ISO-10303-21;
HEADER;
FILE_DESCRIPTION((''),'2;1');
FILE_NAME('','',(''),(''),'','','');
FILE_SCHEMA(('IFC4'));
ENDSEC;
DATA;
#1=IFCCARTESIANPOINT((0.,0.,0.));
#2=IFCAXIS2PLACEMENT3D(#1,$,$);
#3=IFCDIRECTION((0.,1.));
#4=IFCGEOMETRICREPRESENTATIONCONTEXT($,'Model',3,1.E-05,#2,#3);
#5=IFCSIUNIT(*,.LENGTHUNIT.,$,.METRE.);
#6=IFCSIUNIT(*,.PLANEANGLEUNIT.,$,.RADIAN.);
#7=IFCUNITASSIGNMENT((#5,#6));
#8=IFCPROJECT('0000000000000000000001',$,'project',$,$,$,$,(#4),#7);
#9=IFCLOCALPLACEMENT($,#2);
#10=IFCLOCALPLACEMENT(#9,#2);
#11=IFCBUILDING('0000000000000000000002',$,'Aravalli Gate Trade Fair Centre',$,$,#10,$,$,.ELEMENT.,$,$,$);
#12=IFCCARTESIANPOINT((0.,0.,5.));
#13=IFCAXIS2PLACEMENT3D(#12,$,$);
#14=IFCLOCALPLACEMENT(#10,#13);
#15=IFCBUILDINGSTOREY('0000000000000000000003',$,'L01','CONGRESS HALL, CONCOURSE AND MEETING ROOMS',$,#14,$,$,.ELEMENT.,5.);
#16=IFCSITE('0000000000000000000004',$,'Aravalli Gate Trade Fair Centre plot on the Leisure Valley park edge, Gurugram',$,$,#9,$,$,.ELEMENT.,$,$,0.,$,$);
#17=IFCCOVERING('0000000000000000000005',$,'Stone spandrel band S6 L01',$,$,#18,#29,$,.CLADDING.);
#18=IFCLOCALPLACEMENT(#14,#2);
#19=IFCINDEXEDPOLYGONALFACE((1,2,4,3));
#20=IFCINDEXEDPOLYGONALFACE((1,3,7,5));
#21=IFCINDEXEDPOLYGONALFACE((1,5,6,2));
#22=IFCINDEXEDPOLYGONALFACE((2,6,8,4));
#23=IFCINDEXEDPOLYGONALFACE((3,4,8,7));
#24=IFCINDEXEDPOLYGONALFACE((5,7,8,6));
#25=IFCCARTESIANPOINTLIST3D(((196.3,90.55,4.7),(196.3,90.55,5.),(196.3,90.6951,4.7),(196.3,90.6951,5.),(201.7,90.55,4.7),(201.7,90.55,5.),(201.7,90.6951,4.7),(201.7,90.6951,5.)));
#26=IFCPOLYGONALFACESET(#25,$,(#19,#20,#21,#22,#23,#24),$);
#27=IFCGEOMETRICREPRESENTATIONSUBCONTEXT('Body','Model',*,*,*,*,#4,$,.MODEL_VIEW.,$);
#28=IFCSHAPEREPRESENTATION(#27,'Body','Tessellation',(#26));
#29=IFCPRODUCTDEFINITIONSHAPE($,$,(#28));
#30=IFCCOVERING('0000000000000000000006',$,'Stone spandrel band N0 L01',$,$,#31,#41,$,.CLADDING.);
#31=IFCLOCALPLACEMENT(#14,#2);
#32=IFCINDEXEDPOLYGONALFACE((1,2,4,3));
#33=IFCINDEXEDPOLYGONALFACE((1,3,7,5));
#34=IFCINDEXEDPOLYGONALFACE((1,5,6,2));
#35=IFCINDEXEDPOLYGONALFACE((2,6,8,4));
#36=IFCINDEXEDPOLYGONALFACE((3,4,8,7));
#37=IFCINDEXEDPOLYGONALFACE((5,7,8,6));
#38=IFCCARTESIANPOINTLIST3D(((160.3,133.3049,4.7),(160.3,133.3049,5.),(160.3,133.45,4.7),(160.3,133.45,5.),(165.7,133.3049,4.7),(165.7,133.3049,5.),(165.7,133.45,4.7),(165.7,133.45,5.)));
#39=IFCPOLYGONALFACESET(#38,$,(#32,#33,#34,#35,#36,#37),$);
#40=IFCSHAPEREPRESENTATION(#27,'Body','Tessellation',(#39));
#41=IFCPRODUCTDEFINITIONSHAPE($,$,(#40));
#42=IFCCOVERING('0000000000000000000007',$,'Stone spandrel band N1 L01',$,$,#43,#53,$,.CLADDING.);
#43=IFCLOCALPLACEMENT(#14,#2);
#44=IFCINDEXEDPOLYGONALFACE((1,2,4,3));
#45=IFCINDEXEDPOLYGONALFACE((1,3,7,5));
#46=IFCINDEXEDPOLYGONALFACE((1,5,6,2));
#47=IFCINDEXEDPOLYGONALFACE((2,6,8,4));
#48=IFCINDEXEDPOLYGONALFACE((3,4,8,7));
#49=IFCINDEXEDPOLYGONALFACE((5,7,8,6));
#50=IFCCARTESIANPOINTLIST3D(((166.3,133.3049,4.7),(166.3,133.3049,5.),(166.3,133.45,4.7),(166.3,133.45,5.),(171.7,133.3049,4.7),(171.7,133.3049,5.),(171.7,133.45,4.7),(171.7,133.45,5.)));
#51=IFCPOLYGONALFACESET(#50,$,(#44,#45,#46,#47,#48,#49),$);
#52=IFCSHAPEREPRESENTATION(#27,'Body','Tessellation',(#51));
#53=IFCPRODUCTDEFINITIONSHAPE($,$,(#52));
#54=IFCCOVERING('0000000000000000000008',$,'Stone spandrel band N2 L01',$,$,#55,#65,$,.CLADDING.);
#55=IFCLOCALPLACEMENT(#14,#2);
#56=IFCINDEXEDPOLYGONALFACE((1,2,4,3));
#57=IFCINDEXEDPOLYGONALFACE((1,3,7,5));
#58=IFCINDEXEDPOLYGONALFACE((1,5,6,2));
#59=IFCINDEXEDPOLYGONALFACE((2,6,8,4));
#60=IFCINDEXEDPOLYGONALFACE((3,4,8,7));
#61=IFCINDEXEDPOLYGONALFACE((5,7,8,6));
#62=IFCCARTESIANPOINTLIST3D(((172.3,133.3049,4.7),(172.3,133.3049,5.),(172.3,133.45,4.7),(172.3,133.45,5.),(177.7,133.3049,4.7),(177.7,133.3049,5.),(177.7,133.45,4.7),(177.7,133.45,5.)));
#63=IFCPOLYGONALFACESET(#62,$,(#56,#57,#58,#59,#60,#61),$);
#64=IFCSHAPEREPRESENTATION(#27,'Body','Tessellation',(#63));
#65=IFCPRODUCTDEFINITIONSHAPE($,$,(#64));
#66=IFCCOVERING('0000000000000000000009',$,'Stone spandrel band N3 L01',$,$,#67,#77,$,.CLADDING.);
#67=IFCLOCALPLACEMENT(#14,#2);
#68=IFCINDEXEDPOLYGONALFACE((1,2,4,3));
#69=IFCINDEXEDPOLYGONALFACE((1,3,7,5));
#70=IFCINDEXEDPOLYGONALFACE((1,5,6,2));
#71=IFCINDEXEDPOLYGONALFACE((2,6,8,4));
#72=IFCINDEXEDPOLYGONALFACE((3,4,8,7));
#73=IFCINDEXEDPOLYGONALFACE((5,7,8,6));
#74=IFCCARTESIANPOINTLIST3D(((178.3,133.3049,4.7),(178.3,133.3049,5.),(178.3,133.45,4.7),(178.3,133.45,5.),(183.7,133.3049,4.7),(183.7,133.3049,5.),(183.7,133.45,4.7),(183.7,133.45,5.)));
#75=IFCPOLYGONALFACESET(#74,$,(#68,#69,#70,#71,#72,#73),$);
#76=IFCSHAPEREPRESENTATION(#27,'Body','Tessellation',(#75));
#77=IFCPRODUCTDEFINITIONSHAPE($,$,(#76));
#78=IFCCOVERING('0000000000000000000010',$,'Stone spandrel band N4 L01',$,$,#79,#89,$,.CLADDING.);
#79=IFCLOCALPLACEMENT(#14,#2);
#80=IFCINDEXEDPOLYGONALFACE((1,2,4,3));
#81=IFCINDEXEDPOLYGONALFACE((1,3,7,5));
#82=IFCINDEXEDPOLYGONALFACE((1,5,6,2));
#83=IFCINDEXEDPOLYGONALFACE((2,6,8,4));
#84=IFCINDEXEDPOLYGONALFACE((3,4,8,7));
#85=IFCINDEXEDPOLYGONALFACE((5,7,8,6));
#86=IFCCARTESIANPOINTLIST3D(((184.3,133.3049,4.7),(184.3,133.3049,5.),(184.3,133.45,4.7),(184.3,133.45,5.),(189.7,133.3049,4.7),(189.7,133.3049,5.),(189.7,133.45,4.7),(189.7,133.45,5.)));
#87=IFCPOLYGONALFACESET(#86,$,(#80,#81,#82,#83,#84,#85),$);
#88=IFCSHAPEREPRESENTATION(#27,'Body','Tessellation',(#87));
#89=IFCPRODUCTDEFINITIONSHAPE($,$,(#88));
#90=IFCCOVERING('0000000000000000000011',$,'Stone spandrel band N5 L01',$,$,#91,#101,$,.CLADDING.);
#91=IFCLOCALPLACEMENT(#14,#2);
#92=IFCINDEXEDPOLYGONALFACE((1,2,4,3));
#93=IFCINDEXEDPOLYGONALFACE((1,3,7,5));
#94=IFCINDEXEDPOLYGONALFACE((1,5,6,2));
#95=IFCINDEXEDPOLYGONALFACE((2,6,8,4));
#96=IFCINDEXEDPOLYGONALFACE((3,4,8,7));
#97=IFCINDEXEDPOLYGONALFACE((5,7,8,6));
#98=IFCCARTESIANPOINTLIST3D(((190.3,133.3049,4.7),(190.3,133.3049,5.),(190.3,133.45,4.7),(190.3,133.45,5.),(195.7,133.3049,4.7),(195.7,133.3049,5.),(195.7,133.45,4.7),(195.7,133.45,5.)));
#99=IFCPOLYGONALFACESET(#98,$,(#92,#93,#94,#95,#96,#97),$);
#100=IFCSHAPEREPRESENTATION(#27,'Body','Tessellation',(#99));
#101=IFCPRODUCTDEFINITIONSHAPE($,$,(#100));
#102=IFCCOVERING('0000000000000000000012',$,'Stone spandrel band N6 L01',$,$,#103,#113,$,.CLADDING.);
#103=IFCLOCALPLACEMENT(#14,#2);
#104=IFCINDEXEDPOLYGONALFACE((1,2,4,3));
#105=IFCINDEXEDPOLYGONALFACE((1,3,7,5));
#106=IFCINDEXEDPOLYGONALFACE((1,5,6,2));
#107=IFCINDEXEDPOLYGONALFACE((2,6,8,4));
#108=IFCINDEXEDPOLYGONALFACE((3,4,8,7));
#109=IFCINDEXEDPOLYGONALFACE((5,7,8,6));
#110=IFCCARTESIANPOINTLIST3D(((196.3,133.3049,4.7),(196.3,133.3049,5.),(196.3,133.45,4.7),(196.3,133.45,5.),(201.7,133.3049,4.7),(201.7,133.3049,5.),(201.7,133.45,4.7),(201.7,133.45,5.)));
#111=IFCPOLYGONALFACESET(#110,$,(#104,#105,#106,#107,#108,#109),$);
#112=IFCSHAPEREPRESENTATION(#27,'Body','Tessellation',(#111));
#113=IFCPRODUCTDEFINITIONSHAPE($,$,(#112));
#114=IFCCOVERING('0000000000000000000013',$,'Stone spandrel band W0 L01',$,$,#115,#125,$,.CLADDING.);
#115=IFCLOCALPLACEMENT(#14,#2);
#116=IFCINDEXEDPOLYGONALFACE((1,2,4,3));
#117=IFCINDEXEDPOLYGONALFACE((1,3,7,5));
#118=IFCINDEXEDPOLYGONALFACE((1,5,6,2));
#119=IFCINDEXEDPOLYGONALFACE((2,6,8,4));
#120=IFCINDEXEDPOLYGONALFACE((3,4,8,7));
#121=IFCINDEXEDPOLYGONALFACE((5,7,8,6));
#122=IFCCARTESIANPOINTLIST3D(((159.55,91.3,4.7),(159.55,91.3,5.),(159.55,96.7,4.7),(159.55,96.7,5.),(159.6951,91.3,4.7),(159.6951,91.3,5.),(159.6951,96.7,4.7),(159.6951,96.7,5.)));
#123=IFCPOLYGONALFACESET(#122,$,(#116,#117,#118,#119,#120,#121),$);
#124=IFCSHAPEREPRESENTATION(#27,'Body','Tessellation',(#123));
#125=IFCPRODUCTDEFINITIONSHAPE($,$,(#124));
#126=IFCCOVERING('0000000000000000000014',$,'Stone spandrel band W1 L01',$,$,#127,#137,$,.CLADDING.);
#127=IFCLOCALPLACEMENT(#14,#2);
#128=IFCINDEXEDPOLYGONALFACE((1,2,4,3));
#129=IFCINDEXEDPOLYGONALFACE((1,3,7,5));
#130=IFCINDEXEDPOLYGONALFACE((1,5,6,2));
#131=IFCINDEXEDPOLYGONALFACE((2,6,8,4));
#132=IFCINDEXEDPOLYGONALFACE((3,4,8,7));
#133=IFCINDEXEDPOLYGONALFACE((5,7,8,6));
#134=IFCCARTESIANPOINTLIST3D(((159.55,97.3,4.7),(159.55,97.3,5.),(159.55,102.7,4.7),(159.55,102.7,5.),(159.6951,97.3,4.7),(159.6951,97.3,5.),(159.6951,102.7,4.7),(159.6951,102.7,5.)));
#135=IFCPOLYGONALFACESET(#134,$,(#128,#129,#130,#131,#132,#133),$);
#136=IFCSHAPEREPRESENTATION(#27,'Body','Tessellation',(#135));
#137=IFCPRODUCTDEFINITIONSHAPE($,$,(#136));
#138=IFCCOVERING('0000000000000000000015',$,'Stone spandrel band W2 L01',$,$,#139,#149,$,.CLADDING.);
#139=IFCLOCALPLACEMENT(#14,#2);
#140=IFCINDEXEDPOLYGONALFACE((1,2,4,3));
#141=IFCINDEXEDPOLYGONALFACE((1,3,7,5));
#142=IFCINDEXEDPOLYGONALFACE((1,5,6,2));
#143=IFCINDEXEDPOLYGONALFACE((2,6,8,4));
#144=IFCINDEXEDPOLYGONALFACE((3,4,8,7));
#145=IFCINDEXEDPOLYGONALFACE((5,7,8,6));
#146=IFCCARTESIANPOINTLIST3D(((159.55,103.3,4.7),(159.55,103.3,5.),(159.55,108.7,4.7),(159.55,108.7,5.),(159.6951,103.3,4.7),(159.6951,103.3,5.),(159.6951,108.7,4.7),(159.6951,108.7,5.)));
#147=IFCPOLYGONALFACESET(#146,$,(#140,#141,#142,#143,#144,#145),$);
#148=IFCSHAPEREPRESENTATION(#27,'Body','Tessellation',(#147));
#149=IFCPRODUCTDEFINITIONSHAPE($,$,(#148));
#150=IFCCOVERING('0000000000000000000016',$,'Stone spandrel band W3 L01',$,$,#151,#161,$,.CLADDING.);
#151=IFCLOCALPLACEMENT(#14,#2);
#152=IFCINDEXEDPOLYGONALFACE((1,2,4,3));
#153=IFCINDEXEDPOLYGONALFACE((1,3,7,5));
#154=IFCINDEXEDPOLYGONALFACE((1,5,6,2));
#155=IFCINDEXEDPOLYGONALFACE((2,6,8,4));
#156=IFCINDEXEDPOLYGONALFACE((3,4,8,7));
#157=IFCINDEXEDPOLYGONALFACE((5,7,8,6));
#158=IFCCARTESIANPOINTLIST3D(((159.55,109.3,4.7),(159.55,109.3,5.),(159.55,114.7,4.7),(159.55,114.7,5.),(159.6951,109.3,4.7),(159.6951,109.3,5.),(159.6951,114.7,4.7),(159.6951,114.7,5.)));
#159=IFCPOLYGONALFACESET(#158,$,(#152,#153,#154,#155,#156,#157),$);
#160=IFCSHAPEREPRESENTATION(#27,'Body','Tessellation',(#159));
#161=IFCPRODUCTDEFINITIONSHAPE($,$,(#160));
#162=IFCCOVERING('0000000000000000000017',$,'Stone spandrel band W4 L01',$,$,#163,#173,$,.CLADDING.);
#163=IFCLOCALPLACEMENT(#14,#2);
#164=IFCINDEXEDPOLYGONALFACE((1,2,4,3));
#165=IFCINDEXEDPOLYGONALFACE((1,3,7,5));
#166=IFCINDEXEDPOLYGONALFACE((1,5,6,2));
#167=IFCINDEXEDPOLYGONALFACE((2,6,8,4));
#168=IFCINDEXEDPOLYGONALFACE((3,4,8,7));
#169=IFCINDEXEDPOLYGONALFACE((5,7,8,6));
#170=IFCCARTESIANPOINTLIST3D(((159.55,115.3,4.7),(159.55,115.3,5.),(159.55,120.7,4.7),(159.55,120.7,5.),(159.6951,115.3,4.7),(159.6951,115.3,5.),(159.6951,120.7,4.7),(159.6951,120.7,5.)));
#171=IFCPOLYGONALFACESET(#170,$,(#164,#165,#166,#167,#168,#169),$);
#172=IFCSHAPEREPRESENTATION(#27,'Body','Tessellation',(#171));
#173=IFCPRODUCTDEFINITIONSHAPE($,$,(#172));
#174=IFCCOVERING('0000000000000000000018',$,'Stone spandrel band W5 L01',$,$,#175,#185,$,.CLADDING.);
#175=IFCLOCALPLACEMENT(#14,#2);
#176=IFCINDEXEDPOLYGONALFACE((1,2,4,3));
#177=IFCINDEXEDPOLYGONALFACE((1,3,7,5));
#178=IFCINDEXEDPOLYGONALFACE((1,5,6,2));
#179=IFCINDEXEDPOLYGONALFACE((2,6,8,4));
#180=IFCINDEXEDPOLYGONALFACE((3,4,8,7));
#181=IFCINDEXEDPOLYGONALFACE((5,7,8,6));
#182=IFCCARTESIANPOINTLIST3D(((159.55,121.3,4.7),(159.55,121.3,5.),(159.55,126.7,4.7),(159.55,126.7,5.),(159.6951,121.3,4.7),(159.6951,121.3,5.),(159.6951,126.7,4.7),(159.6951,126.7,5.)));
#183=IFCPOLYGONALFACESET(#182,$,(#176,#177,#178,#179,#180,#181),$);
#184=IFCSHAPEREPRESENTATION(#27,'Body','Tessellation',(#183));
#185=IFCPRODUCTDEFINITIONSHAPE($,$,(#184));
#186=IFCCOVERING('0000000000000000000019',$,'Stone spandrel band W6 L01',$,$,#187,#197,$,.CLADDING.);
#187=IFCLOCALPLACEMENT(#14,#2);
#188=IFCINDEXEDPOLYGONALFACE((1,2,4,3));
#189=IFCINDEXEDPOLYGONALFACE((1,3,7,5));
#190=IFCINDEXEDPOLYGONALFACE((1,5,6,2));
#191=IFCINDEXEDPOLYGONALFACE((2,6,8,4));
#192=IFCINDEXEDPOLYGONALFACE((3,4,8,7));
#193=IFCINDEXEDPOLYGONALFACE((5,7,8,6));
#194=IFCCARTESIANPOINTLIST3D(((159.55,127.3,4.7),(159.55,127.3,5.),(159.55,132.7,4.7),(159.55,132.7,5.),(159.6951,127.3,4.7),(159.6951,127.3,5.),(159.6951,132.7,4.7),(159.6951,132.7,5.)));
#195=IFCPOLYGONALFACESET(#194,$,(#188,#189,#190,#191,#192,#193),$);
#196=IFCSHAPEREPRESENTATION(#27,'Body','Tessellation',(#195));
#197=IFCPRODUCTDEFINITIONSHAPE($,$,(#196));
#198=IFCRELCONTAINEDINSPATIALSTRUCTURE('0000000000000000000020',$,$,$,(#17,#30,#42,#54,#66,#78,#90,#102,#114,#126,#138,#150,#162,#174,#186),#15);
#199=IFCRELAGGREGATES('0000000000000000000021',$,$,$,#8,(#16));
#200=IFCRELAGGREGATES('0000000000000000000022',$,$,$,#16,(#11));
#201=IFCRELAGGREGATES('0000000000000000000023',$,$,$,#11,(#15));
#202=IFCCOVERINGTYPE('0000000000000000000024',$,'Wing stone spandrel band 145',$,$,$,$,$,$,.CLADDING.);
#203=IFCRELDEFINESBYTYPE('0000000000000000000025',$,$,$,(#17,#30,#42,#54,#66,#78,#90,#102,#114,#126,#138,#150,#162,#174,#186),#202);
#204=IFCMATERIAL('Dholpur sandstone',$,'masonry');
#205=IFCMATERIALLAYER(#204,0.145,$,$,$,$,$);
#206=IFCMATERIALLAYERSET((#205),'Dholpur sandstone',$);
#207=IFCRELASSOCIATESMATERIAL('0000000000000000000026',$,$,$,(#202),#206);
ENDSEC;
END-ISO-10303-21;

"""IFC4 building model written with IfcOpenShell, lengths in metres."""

from ifc_helpers import new_model, si_unit, direction, frame, origin, place, context, subcontext, project, spatial, polyline, outline, extrude, material, layer, layer_set, type_object, element, save


model = new_model("IFC4")

# Units and contexts
model_context = context("Model", 3, precision=1e-05, world=origin(), true_north=direction((0.0, 1.0)))
body_context = subcontext(model_context, "Body", "Model", "MODEL_VIEW")
ifc_project = project(units=[si_unit("LENGTHUNIT", "METRE"), si_unit("PLANEANGLEUNIT", "RADIAN")], contexts=[model_context])

# Site, building, storey
site_placement = place(None, origin())
site = spatial("IfcSite", under=ifc_project, at=site_placement, Name="Aravalli Gate Trade Fair Centre plot on the Leisure Valley park edge, Gurugram", CompositionType="ELEMENT", RefElevation=0.0)
building_placement = place(site_placement, origin())
building = spatial("IfcBuilding", under=site, at=building_placement, Name="Aravalli Gate Trade Fair Centre", CompositionType="ELEMENT")
storey_placement = place(building_placement, frame((0.0, 0.0, 5.0)))
storey = spatial("IfcBuildingStorey", under=building, at=storey_placement, Name="L01", Description="CONGRESS HALL, CONCOURSE AND MEETING ROOMS", CompositionType="ELEMENT", Elevation=5.0)

# Coverings
ifc_material_1 = material(Name="Dholpur sandstone", Category="masonry")
ifc_layer_1 = layer(ifc_material_1, 0.145)
ifc_layer_set_1 = layer_set([ifc_layer_1], Name="Dholpur sandstone")
covering_type_1 = type_object("IfcCoveringType", Name="Wing stone spandrel band 145", PredefinedType="CLADDING", material=ifc_layer_set_1)
covering_1_placement = place(storey_placement, frame((0.0, 0.0, 4.7)))
element("IfcCovering", 1, at=covering_1_placement, inside=storey, type_object=covering_type_1, Name="Stone spandrel band S6 L01", PredefinedType="CLADDING", context=body_context, shape_type="SweptSolid", body=[
    extrude(outline(polyline([(196.3, 90.55), (201.7, 90.55), (201.7, 90.6951), (196.3, 90.6951), (196.3, 90.55)])), origin(), (0.0, 0.0, 1.0), 0.3),
])
covering_2_placement = place(storey_placement, frame((0.0, 0.0, 4.7)))
element("IfcCovering", 2, at=covering_2_placement, inside=storey, type_object=covering_type_1, Name="Stone spandrel band N0 L01", PredefinedType="CLADDING", context=body_context, shape_type="SweptSolid", body=[
    extrude(outline(polyline([(160.3, 133.3049), (165.7, 133.3049), (165.7, 133.45), (160.3, 133.45), (160.3, 133.3049)])), origin(), (0.0, 0.0, 1.0), 0.3),
])
covering_3_placement = place(storey_placement, frame((0.0, 0.0, 4.7)))
element("IfcCovering", 3, at=covering_3_placement, inside=storey, type_object=covering_type_1, Name="Stone spandrel band N1 L01", PredefinedType="CLADDING", context=body_context, shape_type="SweptSolid", body=[
    extrude(outline(polyline([(166.3, 133.3049), (171.7, 133.3049), (171.7, 133.45), (166.3, 133.45), (166.3, 133.3049)])), origin(), (0.0, 0.0, 1.0), 0.3),
])
covering_4_placement = place(storey_placement, frame((0.0, 0.0, 4.7)))
element("IfcCovering", 4, at=covering_4_placement, inside=storey, type_object=covering_type_1, Name="Stone spandrel band N2 L01", PredefinedType="CLADDING", context=body_context, shape_type="SweptSolid", body=[
    extrude(outline(polyline([(172.3, 133.3049), (177.7, 133.3049), (177.7, 133.45), (172.3, 133.45), (172.3, 133.3049)])), origin(), (0.0, 0.0, 1.0), 0.3),
])
covering_5_placement = place(storey_placement, frame((0.0, 0.0, 4.7)))
element("IfcCovering", 5, at=covering_5_placement, inside=storey, type_object=covering_type_1, Name="Stone spandrel band N3 L01", PredefinedType="CLADDING", context=body_context, shape_type="SweptSolid", body=[
    extrude(outline(polyline([(178.3, 133.3049), (183.7, 133.3049), (183.7, 133.45), (178.3, 133.45), (178.3, 133.3049)])), origin(), (0.0, 0.0, 1.0), 0.3),
])
covering_6_placement = place(storey_placement, frame((0.0, 0.0, 4.7)))
element("IfcCovering", 6, at=covering_6_placement, inside=storey, type_object=covering_type_1, Name="Stone spandrel band N4 L01", PredefinedType="CLADDING", context=body_context, shape_type="SweptSolid", body=[
    extrude(outline(polyline([(184.3, 133.3049), (189.7, 133.3049), (189.7, 133.45), (184.3, 133.45), (184.3, 133.3049)])), origin(), (0.0, 0.0, 1.0), 0.3),
])
covering_7_placement = place(storey_placement, frame((0.0, 0.0, 4.7)))
element("IfcCovering", 7, at=covering_7_placement, inside=storey, type_object=covering_type_1, Name="Stone spandrel band N5 L01", PredefinedType="CLADDING", context=body_context, shape_type="SweptSolid", body=[
    extrude(outline(polyline([(190.3, 133.3049), (195.7, 133.3049), (195.7, 133.45), (190.3, 133.45), (190.3, 133.3049)])), origin(), (0.0, 0.0, 1.0), 0.3),
])
covering_8_placement = place(storey_placement, frame((0.0, 0.0, 4.7)))
element("IfcCovering", 8, at=covering_8_placement, inside=storey, type_object=covering_type_1, Name="Stone spandrel band N6 L01", PredefinedType="CLADDING", context=body_context, shape_type="SweptSolid", body=[
    extrude(outline(polyline([(196.3, 133.3049), (201.7, 133.3049), (201.7, 133.45), (196.3, 133.45), (196.3, 133.3049)])), origin(), (0.0, 0.0, 1.0), 0.3),
])
covering_9_placement = place(storey_placement, frame((0.0, 0.0, 4.7)))
element("IfcCovering", 9, at=covering_9_placement, inside=storey, type_object=covering_type_1, Name="Stone spandrel band W0 L01", PredefinedType="CLADDING", context=body_context, shape_type="SweptSolid", body=[
    extrude(outline(polyline([(159.55, 91.3), (159.6951, 91.3), (159.6951, 96.7), (159.55, 96.7), (159.55, 91.3)])), origin(), (0.0, 0.0, 1.0), 0.3),
])
covering_10_placement = place(storey_placement, frame((0.0, 0.0, 4.7)))
element("IfcCovering", 10, at=covering_10_placement, inside=storey, type_object=covering_type_1, Name="Stone spandrel band W1 L01", PredefinedType="CLADDING", context=body_context, shape_type="SweptSolid", body=[
    extrude(outline(polyline([(159.55, 97.3), (159.6951, 97.3), (159.6951, 102.7), (159.55, 102.7), (159.55, 97.3)])), origin(), (0.0, 0.0, 1.0), 0.3),
])
covering_11_placement = place(storey_placement, frame((0.0, 0.0, 4.7)))
element("IfcCovering", 11, at=covering_11_placement, inside=storey, type_object=covering_type_1, Name="Stone spandrel band W2 L01", PredefinedType="CLADDING", context=body_context, shape_type="SweptSolid", body=[
    extrude(outline(polyline([(159.55, 103.3), (159.6951, 103.3), (159.6951, 108.7), (159.55, 108.7), (159.55, 103.3)])), origin(), (0.0, 0.0, 1.0), 0.3),
])
covering_12_placement = place(storey_placement, frame((0.0, 0.0, 4.7)))
element("IfcCovering", 12, at=covering_12_placement, inside=storey, type_object=covering_type_1, Name="Stone spandrel band W3 L01", PredefinedType="CLADDING", context=body_context, shape_type="SweptSolid", body=[
    extrude(outline(polyline([(159.55, 109.3), (159.6951, 109.3), (159.6951, 114.7), (159.55, 114.7), (159.55, 109.3)])), origin(), (0.0, 0.0, 1.0), 0.3),
])
covering_13_placement = place(storey_placement, frame((0.0, 0.0, 4.7)))
element("IfcCovering", 13, at=covering_13_placement, inside=storey, type_object=covering_type_1, Name="Stone spandrel band W4 L01", PredefinedType="CLADDING", context=body_context, shape_type="SweptSolid", body=[
    extrude(outline(polyline([(159.55, 115.3), (159.6951, 115.3), (159.6951, 120.7), (159.55, 120.7), (159.55, 115.3)])), origin(), (0.0, 0.0, 1.0), 0.3),
])
covering_14_placement = place(storey_placement, frame((0.0, 0.0, 4.7)))
element("IfcCovering", 14, at=covering_14_placement, inside=storey, type_object=covering_type_1, Name="Stone spandrel band W5 L01", PredefinedType="CLADDING", context=body_context, shape_type="SweptSolid", body=[
    extrude(outline(polyline([(159.55, 121.3), (159.6951, 121.3), (159.6951, 126.7), (159.55, 126.7), (159.55, 121.3)])), origin(), (0.0, 0.0, 1.0), 0.3),
])
covering_15_placement = place(storey_placement, frame((0.0, 0.0, 4.7)))
element("IfcCovering", 15, at=covering_15_placement, inside=storey, type_object=covering_type_1, Name="Stone spandrel band W6 L01", PredefinedType="CLADDING", context=body_context, shape_type="SweptSolid", body=[
    extrude(outline(polyline([(159.55, 127.3), (159.6951, 127.3), (159.6951, 132.7), (159.55, 132.7), (159.55, 127.3)])), origin(), (0.0, 0.0, 1.0), 0.3),
])

save(model, "model.ifc")
